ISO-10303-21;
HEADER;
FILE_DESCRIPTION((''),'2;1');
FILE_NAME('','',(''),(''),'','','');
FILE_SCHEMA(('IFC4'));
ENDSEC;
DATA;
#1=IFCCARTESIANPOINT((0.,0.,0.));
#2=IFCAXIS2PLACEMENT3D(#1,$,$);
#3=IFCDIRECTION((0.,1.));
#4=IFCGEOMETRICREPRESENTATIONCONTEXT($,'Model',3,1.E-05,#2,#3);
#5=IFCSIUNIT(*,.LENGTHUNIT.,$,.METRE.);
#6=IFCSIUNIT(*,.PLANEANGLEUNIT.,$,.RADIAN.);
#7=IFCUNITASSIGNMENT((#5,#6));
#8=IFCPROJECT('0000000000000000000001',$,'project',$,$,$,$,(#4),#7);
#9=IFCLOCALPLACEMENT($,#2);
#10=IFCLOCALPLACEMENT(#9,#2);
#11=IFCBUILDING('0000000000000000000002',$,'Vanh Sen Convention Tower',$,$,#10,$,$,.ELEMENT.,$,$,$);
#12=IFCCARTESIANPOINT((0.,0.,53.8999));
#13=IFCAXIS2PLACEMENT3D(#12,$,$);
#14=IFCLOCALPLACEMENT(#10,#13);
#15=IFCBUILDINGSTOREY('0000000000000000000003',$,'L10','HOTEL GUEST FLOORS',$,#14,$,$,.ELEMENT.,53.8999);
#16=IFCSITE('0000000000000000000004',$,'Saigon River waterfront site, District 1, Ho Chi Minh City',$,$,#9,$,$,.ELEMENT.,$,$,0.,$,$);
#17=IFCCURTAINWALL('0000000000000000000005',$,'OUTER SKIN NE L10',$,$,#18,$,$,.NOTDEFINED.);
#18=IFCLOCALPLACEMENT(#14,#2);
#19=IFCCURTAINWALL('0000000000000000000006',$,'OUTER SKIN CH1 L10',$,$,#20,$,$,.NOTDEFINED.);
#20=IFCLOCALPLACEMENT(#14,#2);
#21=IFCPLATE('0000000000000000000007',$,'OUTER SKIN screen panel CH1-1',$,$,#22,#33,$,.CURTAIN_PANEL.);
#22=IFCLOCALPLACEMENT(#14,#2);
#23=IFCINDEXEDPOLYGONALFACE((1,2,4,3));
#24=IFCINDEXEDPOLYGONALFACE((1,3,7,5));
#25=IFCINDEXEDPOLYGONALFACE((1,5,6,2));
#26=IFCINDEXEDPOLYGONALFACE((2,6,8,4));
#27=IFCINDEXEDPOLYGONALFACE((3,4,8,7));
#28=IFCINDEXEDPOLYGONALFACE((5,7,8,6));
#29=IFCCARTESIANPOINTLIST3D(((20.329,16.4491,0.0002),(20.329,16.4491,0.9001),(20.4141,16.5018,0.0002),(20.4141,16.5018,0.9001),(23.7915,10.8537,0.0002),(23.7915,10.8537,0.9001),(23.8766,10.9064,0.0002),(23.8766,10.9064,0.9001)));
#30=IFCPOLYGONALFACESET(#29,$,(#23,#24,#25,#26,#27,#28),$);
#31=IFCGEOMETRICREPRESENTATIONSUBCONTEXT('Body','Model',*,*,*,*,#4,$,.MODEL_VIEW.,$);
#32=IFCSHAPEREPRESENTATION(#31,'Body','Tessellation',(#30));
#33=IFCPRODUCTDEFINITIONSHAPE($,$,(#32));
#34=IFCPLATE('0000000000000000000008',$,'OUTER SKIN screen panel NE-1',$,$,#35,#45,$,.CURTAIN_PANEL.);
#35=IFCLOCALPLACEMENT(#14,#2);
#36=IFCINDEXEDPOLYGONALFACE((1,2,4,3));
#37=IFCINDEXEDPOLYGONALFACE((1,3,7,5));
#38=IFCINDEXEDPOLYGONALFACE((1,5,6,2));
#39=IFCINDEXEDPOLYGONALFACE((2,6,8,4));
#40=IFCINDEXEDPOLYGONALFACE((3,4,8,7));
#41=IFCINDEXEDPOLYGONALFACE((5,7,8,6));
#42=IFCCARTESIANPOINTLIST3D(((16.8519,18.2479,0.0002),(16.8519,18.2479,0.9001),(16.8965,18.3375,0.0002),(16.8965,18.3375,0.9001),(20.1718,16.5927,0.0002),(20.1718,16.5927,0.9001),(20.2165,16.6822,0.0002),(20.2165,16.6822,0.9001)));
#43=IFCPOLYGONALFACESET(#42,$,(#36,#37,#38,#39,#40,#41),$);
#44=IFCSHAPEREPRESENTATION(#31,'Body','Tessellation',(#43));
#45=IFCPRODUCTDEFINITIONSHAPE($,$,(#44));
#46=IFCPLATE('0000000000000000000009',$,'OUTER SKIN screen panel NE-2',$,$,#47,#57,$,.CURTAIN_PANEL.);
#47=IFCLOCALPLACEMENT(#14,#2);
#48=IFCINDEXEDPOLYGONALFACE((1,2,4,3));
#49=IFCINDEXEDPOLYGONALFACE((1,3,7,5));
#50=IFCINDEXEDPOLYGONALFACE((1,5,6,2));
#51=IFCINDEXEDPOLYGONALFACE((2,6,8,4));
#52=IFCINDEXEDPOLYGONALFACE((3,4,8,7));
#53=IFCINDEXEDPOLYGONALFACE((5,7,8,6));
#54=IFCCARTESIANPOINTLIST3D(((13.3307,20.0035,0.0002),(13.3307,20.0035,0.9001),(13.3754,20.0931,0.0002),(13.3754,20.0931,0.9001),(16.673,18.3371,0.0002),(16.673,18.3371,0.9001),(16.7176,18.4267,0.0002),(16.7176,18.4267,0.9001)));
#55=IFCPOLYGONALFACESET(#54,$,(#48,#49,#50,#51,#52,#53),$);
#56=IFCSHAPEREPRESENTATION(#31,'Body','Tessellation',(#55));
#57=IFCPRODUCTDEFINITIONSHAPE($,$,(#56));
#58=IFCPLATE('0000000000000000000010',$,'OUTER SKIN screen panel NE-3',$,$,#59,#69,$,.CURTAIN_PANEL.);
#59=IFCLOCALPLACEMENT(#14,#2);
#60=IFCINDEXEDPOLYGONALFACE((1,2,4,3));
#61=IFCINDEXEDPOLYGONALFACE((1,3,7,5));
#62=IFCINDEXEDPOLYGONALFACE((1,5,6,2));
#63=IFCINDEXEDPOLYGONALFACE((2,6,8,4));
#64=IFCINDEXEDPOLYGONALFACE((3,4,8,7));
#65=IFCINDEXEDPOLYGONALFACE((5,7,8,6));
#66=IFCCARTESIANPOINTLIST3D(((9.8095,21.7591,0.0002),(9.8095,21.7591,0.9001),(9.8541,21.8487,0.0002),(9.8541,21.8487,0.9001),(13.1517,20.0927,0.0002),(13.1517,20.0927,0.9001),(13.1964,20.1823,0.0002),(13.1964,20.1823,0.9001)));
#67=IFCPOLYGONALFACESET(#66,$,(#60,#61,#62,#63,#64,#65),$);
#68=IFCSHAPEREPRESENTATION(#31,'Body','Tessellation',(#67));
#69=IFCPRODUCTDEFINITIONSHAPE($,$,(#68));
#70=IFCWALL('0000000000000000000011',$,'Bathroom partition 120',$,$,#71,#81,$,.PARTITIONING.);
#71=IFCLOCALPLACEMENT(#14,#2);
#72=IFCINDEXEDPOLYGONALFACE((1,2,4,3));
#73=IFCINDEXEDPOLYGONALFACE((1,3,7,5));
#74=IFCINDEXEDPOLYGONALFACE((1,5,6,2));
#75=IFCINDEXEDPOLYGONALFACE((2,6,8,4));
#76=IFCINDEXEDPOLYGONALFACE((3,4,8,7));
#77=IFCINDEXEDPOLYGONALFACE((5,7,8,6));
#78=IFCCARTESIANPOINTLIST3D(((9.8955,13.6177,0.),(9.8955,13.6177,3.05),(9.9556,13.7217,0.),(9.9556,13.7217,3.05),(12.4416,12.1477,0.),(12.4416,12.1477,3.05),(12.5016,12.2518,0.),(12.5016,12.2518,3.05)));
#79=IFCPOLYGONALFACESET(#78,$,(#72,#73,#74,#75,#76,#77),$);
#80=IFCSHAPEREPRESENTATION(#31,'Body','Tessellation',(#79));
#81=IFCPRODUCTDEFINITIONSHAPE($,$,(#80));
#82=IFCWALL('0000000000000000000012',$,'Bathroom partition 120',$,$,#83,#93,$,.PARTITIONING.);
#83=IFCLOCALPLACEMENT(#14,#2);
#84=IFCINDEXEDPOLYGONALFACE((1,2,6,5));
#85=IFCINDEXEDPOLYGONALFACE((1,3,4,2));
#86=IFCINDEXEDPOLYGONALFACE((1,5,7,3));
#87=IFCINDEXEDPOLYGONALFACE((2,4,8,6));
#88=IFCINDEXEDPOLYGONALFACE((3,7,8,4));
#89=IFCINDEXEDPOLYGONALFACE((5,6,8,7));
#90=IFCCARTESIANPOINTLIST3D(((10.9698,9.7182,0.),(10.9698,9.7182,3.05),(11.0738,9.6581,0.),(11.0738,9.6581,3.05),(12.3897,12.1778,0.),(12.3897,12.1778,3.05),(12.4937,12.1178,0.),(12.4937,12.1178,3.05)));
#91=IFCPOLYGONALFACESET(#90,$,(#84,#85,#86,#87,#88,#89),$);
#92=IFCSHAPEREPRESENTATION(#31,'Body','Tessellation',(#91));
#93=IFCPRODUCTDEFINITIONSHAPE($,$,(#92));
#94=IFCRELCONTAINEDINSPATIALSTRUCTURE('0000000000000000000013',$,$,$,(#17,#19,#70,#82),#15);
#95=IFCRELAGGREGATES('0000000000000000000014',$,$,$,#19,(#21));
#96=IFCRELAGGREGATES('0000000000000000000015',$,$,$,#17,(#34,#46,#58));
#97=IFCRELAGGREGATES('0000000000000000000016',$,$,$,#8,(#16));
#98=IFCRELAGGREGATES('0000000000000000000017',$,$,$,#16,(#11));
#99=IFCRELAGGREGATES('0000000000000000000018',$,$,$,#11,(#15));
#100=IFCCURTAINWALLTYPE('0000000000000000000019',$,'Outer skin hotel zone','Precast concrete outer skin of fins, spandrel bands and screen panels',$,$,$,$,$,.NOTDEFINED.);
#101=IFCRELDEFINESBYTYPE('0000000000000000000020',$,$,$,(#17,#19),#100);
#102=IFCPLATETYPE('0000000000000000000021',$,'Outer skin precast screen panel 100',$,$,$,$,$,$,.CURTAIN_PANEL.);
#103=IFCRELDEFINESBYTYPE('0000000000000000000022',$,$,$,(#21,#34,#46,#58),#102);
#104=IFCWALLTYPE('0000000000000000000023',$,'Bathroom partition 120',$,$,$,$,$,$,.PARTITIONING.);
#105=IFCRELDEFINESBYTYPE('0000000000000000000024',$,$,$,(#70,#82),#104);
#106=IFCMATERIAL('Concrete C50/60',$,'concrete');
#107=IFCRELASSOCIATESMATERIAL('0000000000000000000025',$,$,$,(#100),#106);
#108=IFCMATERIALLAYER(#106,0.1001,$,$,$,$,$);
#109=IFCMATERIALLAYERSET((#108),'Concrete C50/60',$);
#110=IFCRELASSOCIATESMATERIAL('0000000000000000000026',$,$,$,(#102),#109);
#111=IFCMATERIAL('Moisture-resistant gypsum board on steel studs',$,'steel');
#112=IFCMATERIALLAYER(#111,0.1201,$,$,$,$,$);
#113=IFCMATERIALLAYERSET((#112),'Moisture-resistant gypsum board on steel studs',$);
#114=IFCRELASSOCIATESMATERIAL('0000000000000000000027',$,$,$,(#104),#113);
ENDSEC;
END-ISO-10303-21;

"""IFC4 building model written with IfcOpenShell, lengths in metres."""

from ifc_helpers import new_model, si_unit, direction, frame, frame_2d, origin, origin_2d, place, context, subcontext, project, spatial, rectangle, extrude, material, layer, layer_set, type_object, element, aggregate, save


model = new_model("IFC4")

# Units and contexts
model_context = context("Model", 3, precision=1e-05, world=origin(), true_north=direction((0.0, 1.0)))
body_context = subcontext(model_context, "Body", "Model", "MODEL_VIEW")
ifc_project = project(units=[si_unit("LENGTHUNIT", "METRE"), si_unit("PLANEANGLEUNIT", "RADIAN")], contexts=[model_context])

# Site, building, storey
site_placement = place(None, origin())
site = spatial("IfcSite", under=ifc_project, at=site_placement, Name="Saigon River waterfront site, District 1, Ho Chi Minh City", CompositionType="ELEMENT", RefElevation=0.0)
building_placement = place(site_placement, origin())
building = spatial("IfcBuilding", under=site, at=building_placement, Name="Vanh Sen Convention Tower", CompositionType="ELEMENT")
storey_placement = place(building_placement, frame((0.0, 0.0, 53.8999)))
storey = spatial("IfcBuildingStorey", under=building, at=storey_placement, Name="L10", Description="HOTEL GUEST FLOORS", CompositionType="ELEMENT", Elevation=53.8999)

# Curtain wall
ifc_material_1 = material(Name="Concrete C50/60", Category="concrete")
curtain_wall_type = type_object("IfcCurtainWallType", Name="Outer skin hotel zone", Description="Precast concrete outer skin of fins, spandrel bands and screen panels", PredefinedType="NOTDEFINED", material=ifc_material_1)
curtain_wall_1_placement = place(storey_placement, origin())
curtain_wall_1 = element("IfcCurtainWall", 1, at=curtain_wall_1_placement, inside=storey, type_object=curtain_wall_type, Name="OUTER SKIN NE L10", PredefinedType="NOTDEFINED")

# Curtain wall, plate
curtain_wall_2_placement = place(storey_placement, origin())
curtain_wall_2 = element("IfcCurtainWall", 2, at=curtain_wall_2_placement, inside=storey, type_object=curtain_wall_type, Name="OUTER SKIN CH1 L10", PredefinedType="NOTDEFINED")
ifc_layer_1 = layer(ifc_material_1, 0.1001)
ifc_layer_set_1 = layer_set([ifc_layer_1], Name="Concrete C50/60")
plate_type = type_object("IfcPlateType", Name="Outer skin precast screen panel 100", PredefinedType="CURTAIN_PANEL", material=ifc_layer_set_1)
plate_1_placement = place(storey_placement, frame((22.1028, 13.6777, 0.0002), z_axis=(0.0, 0.0, 1.0), x_axis=(-0.526212, 0.850353, 0.0)))
plate_1 = element("IfcPlate", 3, at=plate_1_placement, type_object=plate_type, Name="OUTER SKIN screen panel CH1-1", PredefinedType="CURTAIN_PANEL", context=body_context, shape_type="SweptSolid", body=[
    extrude(rectangle(XDim=6.5801, YDim=0.1001, at=origin_2d()), origin(), (0.0, 0.0, 1.0), 0.8999),
])
aggregate(curtain_wall_2, [plate_1])

# Plates
plate_2_placement = place(storey_placement, frame((18.5342, 17.4651, 0.0002), z_axis=(0.0, 0.0, 1.0), x_axis=(-0.894935, 0.446196, 0.0)))
plate_2 = element("IfcPlate", 4, at=plate_2_placement, type_object=plate_type, Name="OUTER SKIN screen panel NE-1", PredefinedType="CURTAIN_PANEL", context=body_context, shape_type="SweptSolid", body=[
    extrude(rectangle(XDim=3.7097, YDim=0.1001, at=origin_2d()), origin(), (0.0, 0.0, 1.0), 0.8999),
])
plate_3_placement = place(storey_placement, frame((15.0242, 19.2151, 0.0002), z_axis=(0.0, 0.0, 1.0), x_axis=(-0.894935, 0.446196, 0.0)))
plate_3 = element("IfcPlate", 5, at=plate_3_placement, type_object=plate_type, Name="OUTER SKIN screen panel NE-2", PredefinedType="CURTAIN_PANEL", context=body_context, shape_type="SweptSolid", body=[
    extrude(rectangle(XDim=3.7346, YDim=0.1001, at=origin_2d()), origin(), (0.0, 0.0, 1.0), 0.8999),
])
plate_4_placement = place(storey_placement, frame((11.5029, 20.9707, 0.0002), z_axis=(0.0, 0.0, 1.0), x_axis=(-0.894935, 0.446196, 0.0)))
plate_4 = element("IfcPlate", 6, at=plate_4_placement, type_object=plate_type, Name="OUTER SKIN screen panel NE-3", PredefinedType="CURTAIN_PANEL", context=body_context, shape_type="SweptSolid", body=[
    extrude(rectangle(XDim=3.7346, YDim=0.1001, at=origin_2d()), origin(), (0.0, 0.0, 1.0), 0.8999),
])
aggregate(curtain_wall_1, [plate_2, plate_3, plate_4])

# Walls
ifc_material_2 = material(Name="Moisture-resistant gypsum board on steel studs", Category="steel")
ifc_layer_2 = layer(ifc_material_2, 0.1201)
ifc_layer_set_2 = layer_set([ifc_layer_2], Name="Moisture-resistant gypsum board on steel studs")
wall_type_1 = type_object("IfcWallType", Name="Bathroom partition 120", PredefinedType="PARTITIONING", material=ifc_layer_set_2)
wall_1_placement = place(storey_placement, frame((9.9255, 13.6697, 0.0), z_axis=(0.0, 0.0, 1.0), x_axis=(0.866032, -0.499988, 0.0)))
element("IfcWall", 7, at=wall_1_placement, inside=storey, type_object=wall_type_1, Name="Bathroom partition 120", PredefinedType="PARTITIONING", context=body_context, shape_type="SweptSolid", body=[
    extrude(rectangle(XDim=2.9399, YDim=0.1201, at=frame_2d((1.47, 0.0))), origin(), (0.0, 0.0, 1.0), 3.05),
])
wall_2_placement = place(storey_placement, frame((12.4417, 12.1477, 0.0), z_axis=(0.0, 0.0, 1.0), x_axis=(-0.499948, -0.866055, 0.0)))
element("IfcWall", 8, at=wall_2_placement, inside=storey, type_object=wall_type_1, Name="Bathroom partition 120", PredefinedType="PARTITIONING", context=body_context, shape_type="SweptSolid", body=[
    extrude(rectangle(XDim=2.8401, YDim=0.1201, at=frame_2d((1.4199, 0.0))), origin(), (0.0, 0.0, 1.0), 3.05),
])

save(model, "model.ifc")
